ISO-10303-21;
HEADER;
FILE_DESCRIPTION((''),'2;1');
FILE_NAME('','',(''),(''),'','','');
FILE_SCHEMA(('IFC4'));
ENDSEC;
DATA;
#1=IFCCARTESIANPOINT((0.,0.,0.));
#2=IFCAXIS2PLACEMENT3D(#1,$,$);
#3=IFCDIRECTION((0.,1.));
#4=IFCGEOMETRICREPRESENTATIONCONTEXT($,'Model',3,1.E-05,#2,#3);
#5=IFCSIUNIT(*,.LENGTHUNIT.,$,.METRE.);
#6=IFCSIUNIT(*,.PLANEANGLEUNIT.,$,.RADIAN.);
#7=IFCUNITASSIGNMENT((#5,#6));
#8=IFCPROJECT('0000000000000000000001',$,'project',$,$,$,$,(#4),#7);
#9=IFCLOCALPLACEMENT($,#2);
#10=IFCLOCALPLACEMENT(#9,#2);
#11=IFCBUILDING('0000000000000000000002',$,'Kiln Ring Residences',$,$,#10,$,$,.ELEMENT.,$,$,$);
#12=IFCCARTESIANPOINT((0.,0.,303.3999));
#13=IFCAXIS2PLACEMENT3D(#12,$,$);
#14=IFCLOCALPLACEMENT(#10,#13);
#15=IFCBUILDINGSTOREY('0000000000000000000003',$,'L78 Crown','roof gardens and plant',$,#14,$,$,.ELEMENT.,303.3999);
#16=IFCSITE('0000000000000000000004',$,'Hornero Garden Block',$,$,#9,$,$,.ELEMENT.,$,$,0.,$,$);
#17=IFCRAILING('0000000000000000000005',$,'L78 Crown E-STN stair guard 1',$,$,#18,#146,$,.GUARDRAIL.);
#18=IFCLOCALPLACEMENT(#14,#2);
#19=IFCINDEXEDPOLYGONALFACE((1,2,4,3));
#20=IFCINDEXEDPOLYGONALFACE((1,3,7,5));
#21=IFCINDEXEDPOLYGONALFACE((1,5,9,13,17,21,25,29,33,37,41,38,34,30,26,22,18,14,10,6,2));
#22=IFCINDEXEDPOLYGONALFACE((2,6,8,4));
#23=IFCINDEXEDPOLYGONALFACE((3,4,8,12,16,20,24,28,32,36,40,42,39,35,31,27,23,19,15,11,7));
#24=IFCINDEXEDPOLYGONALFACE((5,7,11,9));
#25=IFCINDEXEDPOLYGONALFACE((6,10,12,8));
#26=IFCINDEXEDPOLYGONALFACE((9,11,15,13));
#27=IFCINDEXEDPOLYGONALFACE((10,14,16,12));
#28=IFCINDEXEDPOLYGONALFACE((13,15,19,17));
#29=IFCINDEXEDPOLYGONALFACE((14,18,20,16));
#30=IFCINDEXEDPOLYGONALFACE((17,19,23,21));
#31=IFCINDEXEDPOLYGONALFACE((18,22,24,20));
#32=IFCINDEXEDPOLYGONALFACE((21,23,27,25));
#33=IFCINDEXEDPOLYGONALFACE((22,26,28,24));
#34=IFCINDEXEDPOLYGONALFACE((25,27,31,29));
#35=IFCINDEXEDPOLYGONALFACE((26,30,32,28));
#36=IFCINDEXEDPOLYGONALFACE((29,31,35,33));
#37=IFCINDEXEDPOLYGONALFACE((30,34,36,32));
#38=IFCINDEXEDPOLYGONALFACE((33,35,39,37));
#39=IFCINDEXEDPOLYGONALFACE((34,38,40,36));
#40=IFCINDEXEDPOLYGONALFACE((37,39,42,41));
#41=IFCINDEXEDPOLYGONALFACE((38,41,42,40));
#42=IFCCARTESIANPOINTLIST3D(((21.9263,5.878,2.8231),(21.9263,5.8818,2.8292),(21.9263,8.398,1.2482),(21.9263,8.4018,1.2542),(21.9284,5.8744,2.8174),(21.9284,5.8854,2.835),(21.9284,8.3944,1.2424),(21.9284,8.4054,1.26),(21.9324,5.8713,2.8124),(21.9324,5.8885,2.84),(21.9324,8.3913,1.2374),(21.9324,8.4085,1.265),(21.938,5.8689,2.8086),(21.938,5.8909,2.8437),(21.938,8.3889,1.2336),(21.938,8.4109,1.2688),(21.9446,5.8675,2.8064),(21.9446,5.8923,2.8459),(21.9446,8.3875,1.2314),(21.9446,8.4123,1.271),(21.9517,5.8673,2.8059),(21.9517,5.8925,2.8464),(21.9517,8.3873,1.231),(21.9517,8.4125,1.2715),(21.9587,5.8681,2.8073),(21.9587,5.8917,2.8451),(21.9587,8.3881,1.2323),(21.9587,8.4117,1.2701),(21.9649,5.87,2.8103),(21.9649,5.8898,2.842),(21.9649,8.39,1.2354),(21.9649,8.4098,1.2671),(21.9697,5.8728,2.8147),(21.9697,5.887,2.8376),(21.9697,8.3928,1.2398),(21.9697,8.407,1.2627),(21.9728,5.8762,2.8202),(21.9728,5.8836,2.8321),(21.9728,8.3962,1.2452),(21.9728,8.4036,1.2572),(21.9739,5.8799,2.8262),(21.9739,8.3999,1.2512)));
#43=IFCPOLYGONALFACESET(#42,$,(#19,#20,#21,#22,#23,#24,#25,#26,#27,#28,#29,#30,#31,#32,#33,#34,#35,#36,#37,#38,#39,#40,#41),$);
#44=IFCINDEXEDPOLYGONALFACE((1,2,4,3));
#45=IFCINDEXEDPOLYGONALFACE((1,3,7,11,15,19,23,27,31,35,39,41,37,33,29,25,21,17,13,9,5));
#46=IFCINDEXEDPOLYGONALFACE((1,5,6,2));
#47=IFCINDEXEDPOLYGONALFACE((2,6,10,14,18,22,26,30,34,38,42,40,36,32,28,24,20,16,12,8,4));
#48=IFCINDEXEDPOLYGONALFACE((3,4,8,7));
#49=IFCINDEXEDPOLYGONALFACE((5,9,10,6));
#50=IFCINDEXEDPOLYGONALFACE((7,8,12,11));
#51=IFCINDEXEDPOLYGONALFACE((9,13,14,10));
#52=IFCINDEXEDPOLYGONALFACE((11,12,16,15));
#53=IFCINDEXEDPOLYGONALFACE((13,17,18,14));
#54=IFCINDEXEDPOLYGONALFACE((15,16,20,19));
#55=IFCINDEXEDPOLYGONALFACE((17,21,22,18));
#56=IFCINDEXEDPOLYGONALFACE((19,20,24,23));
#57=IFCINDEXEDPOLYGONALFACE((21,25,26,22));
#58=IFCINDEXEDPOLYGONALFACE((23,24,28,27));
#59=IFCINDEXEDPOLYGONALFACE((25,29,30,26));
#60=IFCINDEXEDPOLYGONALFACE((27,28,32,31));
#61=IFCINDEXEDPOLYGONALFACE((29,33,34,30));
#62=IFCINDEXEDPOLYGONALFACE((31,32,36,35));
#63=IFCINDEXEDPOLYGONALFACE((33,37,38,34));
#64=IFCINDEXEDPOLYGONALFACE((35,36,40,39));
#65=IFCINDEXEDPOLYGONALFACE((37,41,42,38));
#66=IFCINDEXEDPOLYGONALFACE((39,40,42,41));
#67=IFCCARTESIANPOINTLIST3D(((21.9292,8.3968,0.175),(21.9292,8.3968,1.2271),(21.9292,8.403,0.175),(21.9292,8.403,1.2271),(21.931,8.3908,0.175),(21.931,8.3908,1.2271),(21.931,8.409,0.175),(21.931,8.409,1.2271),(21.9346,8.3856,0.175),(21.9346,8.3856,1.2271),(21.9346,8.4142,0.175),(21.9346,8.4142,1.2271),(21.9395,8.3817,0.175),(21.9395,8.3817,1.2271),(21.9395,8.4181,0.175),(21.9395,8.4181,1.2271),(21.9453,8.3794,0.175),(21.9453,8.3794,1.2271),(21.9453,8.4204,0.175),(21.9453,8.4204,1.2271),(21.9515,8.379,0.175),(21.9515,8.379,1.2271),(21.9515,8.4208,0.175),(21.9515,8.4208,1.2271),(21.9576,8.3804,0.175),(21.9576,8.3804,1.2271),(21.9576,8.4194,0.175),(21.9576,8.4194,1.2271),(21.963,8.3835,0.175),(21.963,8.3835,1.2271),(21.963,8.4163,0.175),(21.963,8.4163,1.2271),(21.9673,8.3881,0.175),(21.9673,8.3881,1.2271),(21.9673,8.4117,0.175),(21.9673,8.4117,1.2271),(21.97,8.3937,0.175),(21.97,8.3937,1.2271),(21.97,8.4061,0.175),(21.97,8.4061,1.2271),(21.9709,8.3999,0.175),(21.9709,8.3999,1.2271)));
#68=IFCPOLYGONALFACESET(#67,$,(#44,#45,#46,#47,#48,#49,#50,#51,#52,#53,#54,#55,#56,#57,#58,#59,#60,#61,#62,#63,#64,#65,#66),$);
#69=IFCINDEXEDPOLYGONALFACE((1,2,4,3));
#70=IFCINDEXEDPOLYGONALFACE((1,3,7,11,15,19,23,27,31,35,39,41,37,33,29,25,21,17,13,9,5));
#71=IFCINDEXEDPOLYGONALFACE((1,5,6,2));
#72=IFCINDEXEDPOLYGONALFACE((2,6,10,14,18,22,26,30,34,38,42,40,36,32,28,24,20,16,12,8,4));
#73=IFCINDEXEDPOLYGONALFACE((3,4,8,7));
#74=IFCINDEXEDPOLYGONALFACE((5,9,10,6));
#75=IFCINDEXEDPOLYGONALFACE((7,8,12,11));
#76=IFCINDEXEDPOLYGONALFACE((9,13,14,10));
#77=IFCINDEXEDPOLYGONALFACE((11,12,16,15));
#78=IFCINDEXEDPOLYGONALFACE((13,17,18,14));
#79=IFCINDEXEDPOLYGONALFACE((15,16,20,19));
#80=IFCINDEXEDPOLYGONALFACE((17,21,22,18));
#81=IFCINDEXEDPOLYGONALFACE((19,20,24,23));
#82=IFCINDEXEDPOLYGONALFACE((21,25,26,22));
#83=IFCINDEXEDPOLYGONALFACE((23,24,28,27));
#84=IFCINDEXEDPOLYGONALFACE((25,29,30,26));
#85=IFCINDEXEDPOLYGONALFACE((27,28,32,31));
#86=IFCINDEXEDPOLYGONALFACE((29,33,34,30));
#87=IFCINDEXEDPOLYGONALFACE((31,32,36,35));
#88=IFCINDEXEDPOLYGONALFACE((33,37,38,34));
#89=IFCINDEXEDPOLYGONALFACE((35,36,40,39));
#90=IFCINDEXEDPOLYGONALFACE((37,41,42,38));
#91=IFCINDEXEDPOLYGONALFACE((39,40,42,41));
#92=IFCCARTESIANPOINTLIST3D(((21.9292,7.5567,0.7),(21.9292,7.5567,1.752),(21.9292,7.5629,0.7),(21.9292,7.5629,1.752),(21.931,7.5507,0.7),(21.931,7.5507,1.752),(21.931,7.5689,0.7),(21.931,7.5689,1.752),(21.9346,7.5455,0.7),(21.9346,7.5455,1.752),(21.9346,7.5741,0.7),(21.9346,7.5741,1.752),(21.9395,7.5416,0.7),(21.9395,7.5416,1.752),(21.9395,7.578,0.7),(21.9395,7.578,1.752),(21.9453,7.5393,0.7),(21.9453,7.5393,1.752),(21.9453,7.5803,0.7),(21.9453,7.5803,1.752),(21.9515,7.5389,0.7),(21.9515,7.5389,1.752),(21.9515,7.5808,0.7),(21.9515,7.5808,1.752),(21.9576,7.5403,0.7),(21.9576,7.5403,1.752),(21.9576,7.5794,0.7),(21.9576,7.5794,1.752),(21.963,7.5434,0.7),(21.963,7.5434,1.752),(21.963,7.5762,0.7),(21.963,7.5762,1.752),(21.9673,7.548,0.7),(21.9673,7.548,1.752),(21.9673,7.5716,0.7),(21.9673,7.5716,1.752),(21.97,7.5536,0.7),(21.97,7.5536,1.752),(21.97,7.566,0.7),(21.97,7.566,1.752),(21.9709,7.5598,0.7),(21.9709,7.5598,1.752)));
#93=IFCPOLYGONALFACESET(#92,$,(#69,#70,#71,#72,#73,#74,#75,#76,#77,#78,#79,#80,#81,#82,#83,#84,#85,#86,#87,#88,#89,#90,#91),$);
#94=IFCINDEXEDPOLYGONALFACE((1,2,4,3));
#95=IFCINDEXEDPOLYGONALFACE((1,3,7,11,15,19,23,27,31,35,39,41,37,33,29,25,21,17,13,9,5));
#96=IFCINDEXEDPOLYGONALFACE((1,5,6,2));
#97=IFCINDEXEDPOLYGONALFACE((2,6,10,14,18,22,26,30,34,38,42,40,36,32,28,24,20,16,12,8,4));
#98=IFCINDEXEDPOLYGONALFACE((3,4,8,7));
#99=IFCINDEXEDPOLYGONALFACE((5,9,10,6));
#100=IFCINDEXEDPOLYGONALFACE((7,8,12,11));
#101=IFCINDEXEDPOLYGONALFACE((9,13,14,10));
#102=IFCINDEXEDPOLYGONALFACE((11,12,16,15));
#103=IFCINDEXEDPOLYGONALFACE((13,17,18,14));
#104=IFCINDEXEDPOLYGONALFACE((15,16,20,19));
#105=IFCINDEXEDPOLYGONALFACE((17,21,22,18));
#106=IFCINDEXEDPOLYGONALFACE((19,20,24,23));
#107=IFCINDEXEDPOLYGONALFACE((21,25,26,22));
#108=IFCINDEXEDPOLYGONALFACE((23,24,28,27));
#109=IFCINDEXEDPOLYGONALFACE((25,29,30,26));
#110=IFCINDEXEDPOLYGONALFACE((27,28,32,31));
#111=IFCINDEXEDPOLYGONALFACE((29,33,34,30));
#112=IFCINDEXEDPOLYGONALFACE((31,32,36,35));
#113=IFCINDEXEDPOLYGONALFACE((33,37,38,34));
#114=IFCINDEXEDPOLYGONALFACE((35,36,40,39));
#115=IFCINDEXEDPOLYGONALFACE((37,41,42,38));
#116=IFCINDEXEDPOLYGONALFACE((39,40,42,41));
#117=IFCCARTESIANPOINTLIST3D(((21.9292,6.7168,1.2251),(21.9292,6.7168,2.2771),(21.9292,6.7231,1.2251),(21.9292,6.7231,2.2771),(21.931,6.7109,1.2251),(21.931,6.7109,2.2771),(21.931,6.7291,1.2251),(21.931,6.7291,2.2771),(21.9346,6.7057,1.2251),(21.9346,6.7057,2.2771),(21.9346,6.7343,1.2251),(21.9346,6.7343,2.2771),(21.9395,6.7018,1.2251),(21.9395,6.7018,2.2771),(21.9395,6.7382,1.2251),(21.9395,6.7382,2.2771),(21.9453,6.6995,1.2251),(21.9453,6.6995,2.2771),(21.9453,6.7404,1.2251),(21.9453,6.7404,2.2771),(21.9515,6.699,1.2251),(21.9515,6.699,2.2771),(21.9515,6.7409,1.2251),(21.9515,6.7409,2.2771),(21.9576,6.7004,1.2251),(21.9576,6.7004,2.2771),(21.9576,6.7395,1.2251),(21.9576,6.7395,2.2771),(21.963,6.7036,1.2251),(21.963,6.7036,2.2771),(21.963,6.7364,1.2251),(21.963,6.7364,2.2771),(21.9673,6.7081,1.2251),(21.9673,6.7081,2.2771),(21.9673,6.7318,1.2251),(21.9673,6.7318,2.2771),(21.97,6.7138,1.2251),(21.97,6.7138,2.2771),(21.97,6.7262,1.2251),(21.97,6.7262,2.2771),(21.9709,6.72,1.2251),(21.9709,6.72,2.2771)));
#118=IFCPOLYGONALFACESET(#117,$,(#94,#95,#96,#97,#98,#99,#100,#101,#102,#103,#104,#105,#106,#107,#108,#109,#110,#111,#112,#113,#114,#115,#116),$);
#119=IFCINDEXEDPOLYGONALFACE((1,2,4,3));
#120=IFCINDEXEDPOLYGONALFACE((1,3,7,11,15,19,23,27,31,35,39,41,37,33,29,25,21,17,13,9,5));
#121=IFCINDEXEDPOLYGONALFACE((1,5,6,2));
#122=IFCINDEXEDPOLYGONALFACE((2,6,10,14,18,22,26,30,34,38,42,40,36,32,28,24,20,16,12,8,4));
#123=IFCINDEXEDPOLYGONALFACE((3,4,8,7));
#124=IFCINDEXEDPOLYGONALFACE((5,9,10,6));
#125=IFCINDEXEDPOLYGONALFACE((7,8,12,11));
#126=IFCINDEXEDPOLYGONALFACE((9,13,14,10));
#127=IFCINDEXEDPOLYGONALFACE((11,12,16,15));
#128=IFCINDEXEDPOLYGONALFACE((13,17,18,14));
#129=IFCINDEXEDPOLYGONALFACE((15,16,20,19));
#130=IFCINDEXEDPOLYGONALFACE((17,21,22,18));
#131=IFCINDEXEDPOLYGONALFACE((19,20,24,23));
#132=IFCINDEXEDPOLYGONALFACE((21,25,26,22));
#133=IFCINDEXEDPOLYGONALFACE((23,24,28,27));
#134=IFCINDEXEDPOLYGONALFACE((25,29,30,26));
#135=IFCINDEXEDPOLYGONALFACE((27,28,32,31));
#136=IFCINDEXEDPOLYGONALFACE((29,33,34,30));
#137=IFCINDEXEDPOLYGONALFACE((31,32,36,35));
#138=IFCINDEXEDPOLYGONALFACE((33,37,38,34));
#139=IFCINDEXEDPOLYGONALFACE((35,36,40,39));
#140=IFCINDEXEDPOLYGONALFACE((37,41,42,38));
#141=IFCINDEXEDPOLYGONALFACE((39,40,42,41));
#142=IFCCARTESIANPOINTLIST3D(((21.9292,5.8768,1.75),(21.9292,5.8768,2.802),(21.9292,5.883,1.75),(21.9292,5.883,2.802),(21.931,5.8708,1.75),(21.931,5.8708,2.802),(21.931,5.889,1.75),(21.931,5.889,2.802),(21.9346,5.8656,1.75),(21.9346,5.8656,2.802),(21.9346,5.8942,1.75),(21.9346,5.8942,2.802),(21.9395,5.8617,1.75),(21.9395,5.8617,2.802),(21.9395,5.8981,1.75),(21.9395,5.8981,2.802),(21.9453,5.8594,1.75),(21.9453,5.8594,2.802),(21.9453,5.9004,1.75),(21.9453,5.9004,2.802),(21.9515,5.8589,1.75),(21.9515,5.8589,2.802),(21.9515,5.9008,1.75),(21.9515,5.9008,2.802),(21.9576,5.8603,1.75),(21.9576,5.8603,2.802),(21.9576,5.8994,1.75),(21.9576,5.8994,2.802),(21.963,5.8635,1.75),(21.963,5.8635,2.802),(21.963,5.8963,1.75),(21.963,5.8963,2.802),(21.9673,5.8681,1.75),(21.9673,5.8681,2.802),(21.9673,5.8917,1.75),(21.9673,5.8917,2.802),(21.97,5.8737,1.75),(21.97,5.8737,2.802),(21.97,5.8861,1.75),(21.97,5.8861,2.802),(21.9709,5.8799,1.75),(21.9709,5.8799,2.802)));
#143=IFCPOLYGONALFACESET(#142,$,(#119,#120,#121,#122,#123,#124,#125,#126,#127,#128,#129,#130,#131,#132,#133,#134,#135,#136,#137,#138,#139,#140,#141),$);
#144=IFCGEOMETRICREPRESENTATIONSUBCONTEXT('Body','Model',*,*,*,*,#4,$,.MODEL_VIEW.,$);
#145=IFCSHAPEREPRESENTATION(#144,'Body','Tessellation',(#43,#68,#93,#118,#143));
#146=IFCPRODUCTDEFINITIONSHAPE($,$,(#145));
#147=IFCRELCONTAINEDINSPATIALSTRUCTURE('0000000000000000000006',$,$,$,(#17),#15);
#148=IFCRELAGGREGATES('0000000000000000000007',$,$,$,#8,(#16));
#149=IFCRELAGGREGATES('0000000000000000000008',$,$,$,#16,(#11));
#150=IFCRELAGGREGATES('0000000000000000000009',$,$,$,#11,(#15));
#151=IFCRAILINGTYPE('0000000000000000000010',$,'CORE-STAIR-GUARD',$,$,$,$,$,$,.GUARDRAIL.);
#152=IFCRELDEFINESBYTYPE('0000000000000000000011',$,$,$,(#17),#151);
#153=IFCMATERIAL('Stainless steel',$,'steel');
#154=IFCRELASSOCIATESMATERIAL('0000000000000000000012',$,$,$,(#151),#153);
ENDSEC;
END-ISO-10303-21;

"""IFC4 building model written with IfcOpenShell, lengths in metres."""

from ifc_helpers import new_model, si_unit, direction, frame, origin, origin_2d, place, context, subcontext, project, spatial, circle, extrude, material, type_object, element, save


model = new_model("IFC4")

# Units and contexts
model_context = context("Model", 3, precision=1e-05, world=origin(), true_north=direction((0.0, 1.0)))
body_context = subcontext(model_context, "Body", "Model", "MODEL_VIEW")
ifc_project = project(units=[si_unit("LENGTHUNIT", "METRE"), si_unit("PLANEANGLEUNIT", "RADIAN")], contexts=[model_context])

# Site, building, storey
site_placement = place(None, origin())
site = spatial("IfcSite", under=ifc_project, at=site_placement, Name="Hornero Garden Block", CompositionType="ELEMENT", RefElevation=0.0)
building_placement = place(site_placement, origin())
building = spatial("IfcBuilding", under=site, at=building_placement, Name="Kiln Ring Residences", CompositionType="ELEMENT")
storey_placement = place(building_placement, frame((0.0, 0.0, 303.3999)))
storey = spatial("IfcBuildingStorey", under=building, at=storey_placement, Name="L78 Crown", Description="roof gardens and plant", CompositionType="ELEMENT", Elevation=303.3999)

# Railing
ifc_material_1 = material(Name="Stainless steel", Category="steel")
railing_type_1 = type_object("IfcRailingType", Name="CORE-STAIR-GUARD", PredefinedType="GUARDRAIL", material=ifc_material_1)
railing_1_placement = place(storey_placement, frame((21.95, 8.3999, 0.175)))
element("IfcRailing", 1, at=railing_1_placement, inside=storey, type_object=railing_type_1, Name="L78 Crown E-STN stair guard 1", PredefinedType="GUARDRAIL", context=body_context, shape_type="SweptSolid", body=[
    extrude(circle(Radius=0.0239, at=origin_2d()), frame((0.0, 0.0, 1.0762), z_axis=(0.0, -0.848008, 0.529984), x_axis=(1.0, 0.0, 0.0)), (0.0, 0.0, 1.0), 2.9717),
    extrude(circle(Radius=0.021, at=origin_2d()), origin(), (0.0, 0.0, 1.0), 1.052),
    extrude(circle(Radius=0.021, at=origin_2d()), frame((0.0, -0.8401, 0.5249)), (0.0, 0.0, 1.0), 1.052),
    extrude(circle(Radius=0.021, at=origin_2d()), frame((0.0, -1.6799, 1.05)), (0.0, 0.0, 1.0), 1.052),
    extrude(circle(Radius=0.021, at=origin_2d()), frame((0.0, -2.52, 1.575)), (0.0, 0.0, 1.0), 1.052),
])

save(model, "model.ifc")
